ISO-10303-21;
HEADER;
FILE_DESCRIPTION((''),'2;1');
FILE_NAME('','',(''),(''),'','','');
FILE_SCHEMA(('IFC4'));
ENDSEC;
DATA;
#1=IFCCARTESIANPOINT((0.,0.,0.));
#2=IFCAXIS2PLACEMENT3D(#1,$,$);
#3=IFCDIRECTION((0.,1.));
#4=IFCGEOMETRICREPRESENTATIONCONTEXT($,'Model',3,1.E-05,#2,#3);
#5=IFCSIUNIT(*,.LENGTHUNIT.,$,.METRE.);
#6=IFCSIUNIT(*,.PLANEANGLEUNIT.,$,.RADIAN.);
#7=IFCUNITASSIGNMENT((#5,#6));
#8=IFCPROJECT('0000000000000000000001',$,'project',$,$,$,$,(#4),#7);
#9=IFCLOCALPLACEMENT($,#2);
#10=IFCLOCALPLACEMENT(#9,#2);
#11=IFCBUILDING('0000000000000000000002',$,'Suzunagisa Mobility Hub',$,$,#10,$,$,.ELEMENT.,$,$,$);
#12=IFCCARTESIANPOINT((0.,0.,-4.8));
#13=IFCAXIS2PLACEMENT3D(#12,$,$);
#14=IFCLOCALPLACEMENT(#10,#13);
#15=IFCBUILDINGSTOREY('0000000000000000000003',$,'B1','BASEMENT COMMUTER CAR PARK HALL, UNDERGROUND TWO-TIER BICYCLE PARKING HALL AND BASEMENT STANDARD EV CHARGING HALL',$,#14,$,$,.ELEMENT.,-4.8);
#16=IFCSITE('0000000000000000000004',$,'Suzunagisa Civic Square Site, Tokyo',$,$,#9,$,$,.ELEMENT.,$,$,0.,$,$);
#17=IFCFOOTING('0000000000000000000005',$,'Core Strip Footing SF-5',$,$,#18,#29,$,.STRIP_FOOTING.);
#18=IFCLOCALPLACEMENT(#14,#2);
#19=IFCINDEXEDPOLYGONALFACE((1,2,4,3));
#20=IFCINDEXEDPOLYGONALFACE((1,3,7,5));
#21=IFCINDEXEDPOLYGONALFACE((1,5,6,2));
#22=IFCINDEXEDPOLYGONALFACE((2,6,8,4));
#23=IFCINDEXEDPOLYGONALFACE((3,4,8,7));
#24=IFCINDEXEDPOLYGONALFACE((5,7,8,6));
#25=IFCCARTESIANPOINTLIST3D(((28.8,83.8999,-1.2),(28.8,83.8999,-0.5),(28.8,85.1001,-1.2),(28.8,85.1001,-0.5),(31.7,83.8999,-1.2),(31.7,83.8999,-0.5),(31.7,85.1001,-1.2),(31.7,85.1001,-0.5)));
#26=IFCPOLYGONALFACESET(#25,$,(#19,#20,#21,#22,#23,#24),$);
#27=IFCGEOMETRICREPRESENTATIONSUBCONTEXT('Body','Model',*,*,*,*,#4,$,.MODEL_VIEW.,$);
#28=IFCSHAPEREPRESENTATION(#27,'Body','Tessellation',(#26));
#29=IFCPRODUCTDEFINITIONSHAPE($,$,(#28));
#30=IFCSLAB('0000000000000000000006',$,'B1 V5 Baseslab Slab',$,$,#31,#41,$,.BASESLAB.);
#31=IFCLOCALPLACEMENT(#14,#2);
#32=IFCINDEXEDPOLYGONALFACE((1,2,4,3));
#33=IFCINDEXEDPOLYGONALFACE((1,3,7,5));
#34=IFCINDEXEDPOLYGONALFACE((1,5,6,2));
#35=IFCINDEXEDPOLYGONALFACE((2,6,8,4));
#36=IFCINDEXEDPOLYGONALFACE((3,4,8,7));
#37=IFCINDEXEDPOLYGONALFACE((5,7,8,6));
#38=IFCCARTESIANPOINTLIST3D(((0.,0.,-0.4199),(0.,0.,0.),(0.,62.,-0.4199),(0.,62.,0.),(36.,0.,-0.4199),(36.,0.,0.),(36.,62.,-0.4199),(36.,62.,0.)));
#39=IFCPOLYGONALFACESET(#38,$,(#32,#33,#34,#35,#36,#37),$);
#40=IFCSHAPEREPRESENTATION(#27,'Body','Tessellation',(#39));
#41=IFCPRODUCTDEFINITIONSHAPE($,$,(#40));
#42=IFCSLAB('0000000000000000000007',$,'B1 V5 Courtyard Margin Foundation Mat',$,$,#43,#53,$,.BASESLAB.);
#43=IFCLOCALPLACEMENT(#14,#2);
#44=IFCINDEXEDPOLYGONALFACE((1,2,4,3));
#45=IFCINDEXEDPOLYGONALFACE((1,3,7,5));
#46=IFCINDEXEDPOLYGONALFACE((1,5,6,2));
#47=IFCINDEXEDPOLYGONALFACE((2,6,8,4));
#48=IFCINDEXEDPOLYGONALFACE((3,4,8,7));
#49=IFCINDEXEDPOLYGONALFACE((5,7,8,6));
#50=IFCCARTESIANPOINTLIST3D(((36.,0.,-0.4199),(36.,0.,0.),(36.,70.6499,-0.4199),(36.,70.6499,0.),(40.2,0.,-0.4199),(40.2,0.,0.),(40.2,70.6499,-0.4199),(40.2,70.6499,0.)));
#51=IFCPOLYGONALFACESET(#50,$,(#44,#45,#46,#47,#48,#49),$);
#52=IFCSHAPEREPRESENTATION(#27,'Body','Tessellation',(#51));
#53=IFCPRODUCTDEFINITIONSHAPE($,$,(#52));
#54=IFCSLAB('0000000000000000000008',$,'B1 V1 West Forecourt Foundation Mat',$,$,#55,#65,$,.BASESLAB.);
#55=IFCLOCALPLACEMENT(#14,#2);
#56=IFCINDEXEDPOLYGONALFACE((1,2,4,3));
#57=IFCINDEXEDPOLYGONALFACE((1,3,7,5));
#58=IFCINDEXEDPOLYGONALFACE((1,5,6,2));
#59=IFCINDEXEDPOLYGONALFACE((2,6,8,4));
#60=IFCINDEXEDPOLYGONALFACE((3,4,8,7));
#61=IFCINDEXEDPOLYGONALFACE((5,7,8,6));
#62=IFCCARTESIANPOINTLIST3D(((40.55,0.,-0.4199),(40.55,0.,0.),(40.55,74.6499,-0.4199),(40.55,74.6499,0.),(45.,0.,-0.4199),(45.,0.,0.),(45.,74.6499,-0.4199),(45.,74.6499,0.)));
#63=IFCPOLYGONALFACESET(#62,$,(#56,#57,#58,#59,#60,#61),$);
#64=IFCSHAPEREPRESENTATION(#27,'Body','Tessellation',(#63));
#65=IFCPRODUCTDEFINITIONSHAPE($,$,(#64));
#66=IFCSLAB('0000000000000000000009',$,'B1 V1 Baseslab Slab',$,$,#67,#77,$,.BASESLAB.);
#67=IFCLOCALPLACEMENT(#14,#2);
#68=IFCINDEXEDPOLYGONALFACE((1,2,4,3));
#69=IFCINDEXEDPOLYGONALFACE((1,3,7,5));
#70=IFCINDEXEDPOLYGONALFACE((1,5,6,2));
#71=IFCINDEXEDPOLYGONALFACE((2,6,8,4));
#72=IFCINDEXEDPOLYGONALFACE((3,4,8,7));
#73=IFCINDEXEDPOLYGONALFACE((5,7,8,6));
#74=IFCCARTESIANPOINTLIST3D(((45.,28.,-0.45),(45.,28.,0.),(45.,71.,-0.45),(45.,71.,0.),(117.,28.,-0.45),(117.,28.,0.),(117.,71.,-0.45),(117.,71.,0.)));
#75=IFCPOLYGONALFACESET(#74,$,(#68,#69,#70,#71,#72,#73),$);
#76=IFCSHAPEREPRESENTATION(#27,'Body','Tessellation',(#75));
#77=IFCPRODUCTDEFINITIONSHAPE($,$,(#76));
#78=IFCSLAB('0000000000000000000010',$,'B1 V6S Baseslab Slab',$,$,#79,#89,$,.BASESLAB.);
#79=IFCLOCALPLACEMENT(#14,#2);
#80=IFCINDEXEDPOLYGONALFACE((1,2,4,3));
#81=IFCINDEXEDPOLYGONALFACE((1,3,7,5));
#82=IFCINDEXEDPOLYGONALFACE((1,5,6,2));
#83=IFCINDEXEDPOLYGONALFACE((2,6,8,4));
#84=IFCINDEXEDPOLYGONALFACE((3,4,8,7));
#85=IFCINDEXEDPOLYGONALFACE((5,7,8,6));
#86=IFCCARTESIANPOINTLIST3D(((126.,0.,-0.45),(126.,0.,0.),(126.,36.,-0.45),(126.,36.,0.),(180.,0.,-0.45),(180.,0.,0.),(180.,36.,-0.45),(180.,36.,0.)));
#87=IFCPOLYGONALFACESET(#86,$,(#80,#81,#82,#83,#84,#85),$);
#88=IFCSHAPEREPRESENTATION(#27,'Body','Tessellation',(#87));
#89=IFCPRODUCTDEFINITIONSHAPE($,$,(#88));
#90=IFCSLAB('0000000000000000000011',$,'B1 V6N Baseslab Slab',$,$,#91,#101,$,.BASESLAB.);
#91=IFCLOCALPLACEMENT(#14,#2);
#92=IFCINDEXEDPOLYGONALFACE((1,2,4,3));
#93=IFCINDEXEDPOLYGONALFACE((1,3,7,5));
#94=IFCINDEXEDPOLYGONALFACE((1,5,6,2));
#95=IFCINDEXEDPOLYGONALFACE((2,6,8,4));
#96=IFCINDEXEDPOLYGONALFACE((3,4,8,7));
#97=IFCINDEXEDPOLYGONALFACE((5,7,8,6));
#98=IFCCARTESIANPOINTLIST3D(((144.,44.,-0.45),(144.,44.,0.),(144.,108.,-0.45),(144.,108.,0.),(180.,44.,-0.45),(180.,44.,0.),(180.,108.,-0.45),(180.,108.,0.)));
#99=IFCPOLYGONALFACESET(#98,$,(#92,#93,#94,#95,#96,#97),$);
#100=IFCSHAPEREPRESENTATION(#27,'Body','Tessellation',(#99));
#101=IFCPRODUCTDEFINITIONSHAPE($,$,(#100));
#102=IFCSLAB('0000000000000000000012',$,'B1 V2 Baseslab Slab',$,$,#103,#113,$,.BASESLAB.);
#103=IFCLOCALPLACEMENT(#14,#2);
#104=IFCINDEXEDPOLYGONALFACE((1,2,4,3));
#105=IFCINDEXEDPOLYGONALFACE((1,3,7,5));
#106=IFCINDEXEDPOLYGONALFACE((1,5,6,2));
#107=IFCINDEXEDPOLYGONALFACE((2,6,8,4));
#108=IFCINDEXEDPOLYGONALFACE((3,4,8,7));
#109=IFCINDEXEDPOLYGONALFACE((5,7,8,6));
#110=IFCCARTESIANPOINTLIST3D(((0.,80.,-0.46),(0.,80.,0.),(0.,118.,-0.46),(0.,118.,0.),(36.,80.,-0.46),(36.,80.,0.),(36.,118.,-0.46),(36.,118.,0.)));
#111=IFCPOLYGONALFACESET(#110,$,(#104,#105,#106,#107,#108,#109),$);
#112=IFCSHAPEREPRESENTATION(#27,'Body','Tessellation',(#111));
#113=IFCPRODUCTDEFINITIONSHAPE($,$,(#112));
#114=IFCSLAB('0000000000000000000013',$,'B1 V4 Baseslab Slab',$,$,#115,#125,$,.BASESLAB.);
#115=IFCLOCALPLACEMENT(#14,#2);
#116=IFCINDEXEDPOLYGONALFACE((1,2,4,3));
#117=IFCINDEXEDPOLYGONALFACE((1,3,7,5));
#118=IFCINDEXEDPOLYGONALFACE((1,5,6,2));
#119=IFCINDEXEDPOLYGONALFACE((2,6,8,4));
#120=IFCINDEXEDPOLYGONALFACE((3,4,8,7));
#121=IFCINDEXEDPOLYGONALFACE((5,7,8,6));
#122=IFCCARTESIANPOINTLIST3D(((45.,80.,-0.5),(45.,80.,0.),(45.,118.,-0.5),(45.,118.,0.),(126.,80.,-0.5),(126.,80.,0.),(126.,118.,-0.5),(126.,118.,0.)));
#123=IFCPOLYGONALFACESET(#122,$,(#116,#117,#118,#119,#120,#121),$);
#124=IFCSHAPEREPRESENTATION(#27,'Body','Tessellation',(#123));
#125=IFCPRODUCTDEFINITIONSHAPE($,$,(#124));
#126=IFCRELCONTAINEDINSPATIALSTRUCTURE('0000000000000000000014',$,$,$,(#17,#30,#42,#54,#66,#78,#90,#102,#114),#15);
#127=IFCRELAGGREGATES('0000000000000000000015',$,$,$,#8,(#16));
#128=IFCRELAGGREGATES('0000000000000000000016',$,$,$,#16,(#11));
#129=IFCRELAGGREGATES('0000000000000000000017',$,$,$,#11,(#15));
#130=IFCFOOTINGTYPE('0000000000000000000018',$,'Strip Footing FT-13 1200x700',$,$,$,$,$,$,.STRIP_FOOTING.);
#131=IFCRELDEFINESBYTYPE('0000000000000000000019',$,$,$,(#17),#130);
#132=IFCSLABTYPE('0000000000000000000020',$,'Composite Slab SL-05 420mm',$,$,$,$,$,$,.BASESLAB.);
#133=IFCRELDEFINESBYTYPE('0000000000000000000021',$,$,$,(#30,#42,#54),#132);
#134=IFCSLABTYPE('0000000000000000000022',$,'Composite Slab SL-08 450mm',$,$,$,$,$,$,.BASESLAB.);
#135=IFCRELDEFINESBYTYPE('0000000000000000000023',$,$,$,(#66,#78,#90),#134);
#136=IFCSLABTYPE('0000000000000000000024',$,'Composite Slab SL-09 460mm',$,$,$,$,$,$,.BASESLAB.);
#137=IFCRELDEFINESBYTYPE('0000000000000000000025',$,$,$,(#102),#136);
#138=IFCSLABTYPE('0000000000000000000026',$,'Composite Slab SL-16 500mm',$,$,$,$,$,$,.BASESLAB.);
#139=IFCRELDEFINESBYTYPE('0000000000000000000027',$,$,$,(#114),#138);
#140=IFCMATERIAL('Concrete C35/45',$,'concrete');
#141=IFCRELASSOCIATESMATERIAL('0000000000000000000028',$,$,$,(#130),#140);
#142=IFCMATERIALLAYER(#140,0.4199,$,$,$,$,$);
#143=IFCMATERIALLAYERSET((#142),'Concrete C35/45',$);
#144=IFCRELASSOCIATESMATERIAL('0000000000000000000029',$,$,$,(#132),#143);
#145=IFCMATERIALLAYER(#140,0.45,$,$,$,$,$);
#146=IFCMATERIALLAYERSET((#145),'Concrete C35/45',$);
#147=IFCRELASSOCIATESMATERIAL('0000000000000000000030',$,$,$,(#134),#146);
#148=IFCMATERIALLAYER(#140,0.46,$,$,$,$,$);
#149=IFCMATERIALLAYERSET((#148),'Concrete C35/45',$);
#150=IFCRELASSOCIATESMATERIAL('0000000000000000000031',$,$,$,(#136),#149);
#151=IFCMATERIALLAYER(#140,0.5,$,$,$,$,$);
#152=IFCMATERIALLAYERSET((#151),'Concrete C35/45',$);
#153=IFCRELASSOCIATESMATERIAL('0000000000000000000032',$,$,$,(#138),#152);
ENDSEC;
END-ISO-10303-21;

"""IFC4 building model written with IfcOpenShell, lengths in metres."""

from ifc_helpers import new_model, si_unit, direction, frame, origin, place, context, subcontext, project, spatial, polyline, outline, extrude, material, layer, layer_set, type_object, element, save


model = new_model("IFC4")

# Units and contexts
model_context = context("Model", 3, precision=1e-05, world=origin(), true_north=direction((0.0, 1.0)))
body_context = subcontext(model_context, "Body", "Model", "MODEL_VIEW")
ifc_project = project(units=[si_unit("LENGTHUNIT", "METRE"), si_unit("PLANEANGLEUNIT", "RADIAN")], contexts=[model_context])

# Site, building, storey
site_placement = place(None, origin())
site = spatial("IfcSite", under=ifc_project, at=site_placement, Name="Suzunagisa Civic Square Site, Tokyo", CompositionType="ELEMENT", RefElevation=0.0)
building_placement = place(site_placement, origin())
building = spatial("IfcBuilding", under=site, at=building_placement, Name="Suzunagisa Mobility Hub", CompositionType="ELEMENT")
storey_placement = place(building_placement, frame((0.0, 0.0, -4.8)))
storey = spatial("IfcBuildingStorey", under=building, at=storey_placement, Name="B1", Description="BASEMENT COMMUTER CAR PARK HALL, UNDERGROUND TWO-TIER BICYCLE PARKING HALL AND BASEMENT STANDARD EV CHARGING HALL", CompositionType="ELEMENT", Elevation=-4.8)

# Footing
ifc_material = material(Name="Concrete C35/45", Category="concrete")
footing_type_1 = type_object("IfcFootingType", Name="Strip Footing FT-13 1200x700", PredefinedType="STRIP_FOOTING", material=ifc_material)
footing_1_placement = place(storey_placement, frame((0.0, 0.0, -1.2)))
element("IfcFooting", 1, at=footing_1_placement, inside=storey, type_object=footing_type_1, Name="Core Strip Footing SF-5", PredefinedType="STRIP_FOOTING", context=body_context, shape_type="SweptSolid", body=[
    extrude(outline(polyline([(28.8, 83.8999), (31.7, 83.8999), (31.7, 85.1001), (28.8, 85.1001), (28.8, 83.8999)])), origin(), (0.0, 0.0, 1.0), 0.7),
])

# Slabs
ifc_layer_1 = layer(ifc_material, 0.4199)
ifc_layer_set_1 = layer_set([ifc_layer_1], Name="Concrete C35/45")
slab_type_1 = type_object("IfcSlabType", Name="Composite Slab SL-05 420mm", PredefinedType="BASESLAB", material=ifc_layer_set_1)
slab_1_placement = place(storey_placement, frame((0.0, 0.0, -0.4199)))
element("IfcSlab", 2, at=slab_1_placement, inside=storey, type_object=slab_type_1, Name="B1 V5 Baseslab Slab", PredefinedType="BASESLAB", context=body_context, shape_type="SweptSolid", body=[
    extrude(outline(polyline([(0.0, 0.0), (36.0, 0.0), (36.0, 62.0), (0.0, 62.0), (0.0, 0.0)])), origin(), (0.0, 0.0, 1.0), 0.4199),
])
slab_2_placement = place(storey_placement, frame((0.0, 0.0, -0.4199)))
element("IfcSlab", 3, at=slab_2_placement, inside=storey, type_object=slab_type_1, Name="B1 V5 Courtyard Margin Foundation Mat", PredefinedType="BASESLAB", context=body_context, shape_type="SweptSolid", body=[
    extrude(outline(polyline([(36.0, 0.0), (40.2, 0.0), (40.2, 70.6499), (36.0, 70.6499), (36.0, 0.0)])), origin(), (0.0, 0.0, 1.0), 0.4199),
])
slab_3_placement = place(storey_placement, frame((0.0, 0.0, -0.4199)))
element("IfcSlab", 4, at=slab_3_placement, inside=storey, type_object=slab_type_1, Name="B1 V1 West Forecourt Foundation Mat", PredefinedType="BASESLAB", context=body_context, shape_type="SweptSolid", body=[
    extrude(outline(polyline([(40.55, 0.0), (45.0, 0.0), (45.0, 74.6499), (40.55, 74.6499), (40.55, 0.0)])), origin(), (0.0, 0.0, 1.0), 0.4199),
])
ifc_layer_2 = layer(ifc_material, 0.45)
ifc_layer_set_2 = layer_set([ifc_layer_2], Name="Concrete C35/45")
slab_type_2 = type_object("IfcSlabType", Name="Composite Slab SL-08 450mm", PredefinedType="BASESLAB", material=ifc_layer_set_2)
slab_4_placement = place(storey_placement, frame((0.0, 0.0, -0.45)))
element("IfcSlab", 5, at=slab_4_placement, inside=storey, type_object=slab_type_2, Name="B1 V1 Baseslab Slab", PredefinedType="BASESLAB", context=body_context, shape_type="SweptSolid", body=[
    extrude(outline(polyline([(45.0, 28.0), (117.0, 28.0), (117.0, 71.0), (45.0, 71.0), (45.0, 28.0)])), origin(), (0.0, 0.0, 1.0), 0.45),
])
slab_5_placement = place(storey_placement, frame((0.0, 0.0, -0.45)))
element("IfcSlab", 6, at=slab_5_placement, inside=storey, type_object=slab_type_2, Name="B1 V6S Baseslab Slab", PredefinedType="BASESLAB", context=body_context, shape_type="SweptSolid", body=[
    extrude(outline(polyline([(126.0, 0.0), (180.0, 0.0), (180.0, 36.0), (126.0, 36.0), (126.0, 0.0)])), origin(), (0.0, 0.0, 1.0), 0.45),
])
slab_6_placement = place(storey_placement, frame((0.0, 0.0, -0.45)))
element("IfcSlab", 7, at=slab_6_placement, inside=storey, type_object=slab_type_2, Name="B1 V6N Baseslab Slab", PredefinedType="BASESLAB", context=body_context, shape_type="SweptSolid", body=[
    extrude(outline(polyline([(144.0, 44.0), (180.0, 44.0), (180.0, 108.0), (144.0, 108.0), (144.0, 44.0)])), origin(), (0.0, 0.0, 1.0), 0.45),
])
ifc_layer_3 = layer(ifc_material, 0.46)
ifc_layer_set_3 = layer_set([ifc_layer_3], Name="Concrete C35/45")
slab_type_3 = type_object("IfcSlabType", Name="Composite Slab SL-09 460mm", PredefinedType="BASESLAB", material=ifc_layer_set_3)
slab_7_placement = place(storey_placement, frame((0.0, 0.0, -0.46)))
element("IfcSlab", 8, at=slab_7_placement, inside=storey, type_object=slab_type_3, Name="B1 V2 Baseslab Slab", PredefinedType="BASESLAB", context=body_context, shape_type="SweptSolid", body=[
    extrude(outline(polyline([(0.0, 80.0), (36.0, 80.0), (36.0, 118.0), (0.0, 118.0), (0.0, 80.0)])), origin(), (0.0, 0.0, 1.0), 0.46),
])
ifc_layer_4 = layer(ifc_material, 0.5)
ifc_layer_set_4 = layer_set([ifc_layer_4], Name="Concrete C35/45")
slab_type_4 = type_object("IfcSlabType", Name="Composite Slab SL-16 500mm", PredefinedType="BASESLAB", material=ifc_layer_set_4)
slab_8_placement = place(storey_placement, frame((0.0, 0.0, -0.5)))
element("IfcSlab", 9, at=slab_8_placement, inside=storey, type_object=slab_type_4, Name="B1 V4 Baseslab Slab", PredefinedType="BASESLAB", context=body_context, shape_type="SweptSolid", body=[
    extrude(outline(polyline([(45.0, 80.0), (126.0, 80.0), (126.0, 118.0), (45.0, 118.0), (45.0, 80.0)])), origin(), (0.0, 0.0, 1.0), 0.5),
])

save(model, "model.ifc")
